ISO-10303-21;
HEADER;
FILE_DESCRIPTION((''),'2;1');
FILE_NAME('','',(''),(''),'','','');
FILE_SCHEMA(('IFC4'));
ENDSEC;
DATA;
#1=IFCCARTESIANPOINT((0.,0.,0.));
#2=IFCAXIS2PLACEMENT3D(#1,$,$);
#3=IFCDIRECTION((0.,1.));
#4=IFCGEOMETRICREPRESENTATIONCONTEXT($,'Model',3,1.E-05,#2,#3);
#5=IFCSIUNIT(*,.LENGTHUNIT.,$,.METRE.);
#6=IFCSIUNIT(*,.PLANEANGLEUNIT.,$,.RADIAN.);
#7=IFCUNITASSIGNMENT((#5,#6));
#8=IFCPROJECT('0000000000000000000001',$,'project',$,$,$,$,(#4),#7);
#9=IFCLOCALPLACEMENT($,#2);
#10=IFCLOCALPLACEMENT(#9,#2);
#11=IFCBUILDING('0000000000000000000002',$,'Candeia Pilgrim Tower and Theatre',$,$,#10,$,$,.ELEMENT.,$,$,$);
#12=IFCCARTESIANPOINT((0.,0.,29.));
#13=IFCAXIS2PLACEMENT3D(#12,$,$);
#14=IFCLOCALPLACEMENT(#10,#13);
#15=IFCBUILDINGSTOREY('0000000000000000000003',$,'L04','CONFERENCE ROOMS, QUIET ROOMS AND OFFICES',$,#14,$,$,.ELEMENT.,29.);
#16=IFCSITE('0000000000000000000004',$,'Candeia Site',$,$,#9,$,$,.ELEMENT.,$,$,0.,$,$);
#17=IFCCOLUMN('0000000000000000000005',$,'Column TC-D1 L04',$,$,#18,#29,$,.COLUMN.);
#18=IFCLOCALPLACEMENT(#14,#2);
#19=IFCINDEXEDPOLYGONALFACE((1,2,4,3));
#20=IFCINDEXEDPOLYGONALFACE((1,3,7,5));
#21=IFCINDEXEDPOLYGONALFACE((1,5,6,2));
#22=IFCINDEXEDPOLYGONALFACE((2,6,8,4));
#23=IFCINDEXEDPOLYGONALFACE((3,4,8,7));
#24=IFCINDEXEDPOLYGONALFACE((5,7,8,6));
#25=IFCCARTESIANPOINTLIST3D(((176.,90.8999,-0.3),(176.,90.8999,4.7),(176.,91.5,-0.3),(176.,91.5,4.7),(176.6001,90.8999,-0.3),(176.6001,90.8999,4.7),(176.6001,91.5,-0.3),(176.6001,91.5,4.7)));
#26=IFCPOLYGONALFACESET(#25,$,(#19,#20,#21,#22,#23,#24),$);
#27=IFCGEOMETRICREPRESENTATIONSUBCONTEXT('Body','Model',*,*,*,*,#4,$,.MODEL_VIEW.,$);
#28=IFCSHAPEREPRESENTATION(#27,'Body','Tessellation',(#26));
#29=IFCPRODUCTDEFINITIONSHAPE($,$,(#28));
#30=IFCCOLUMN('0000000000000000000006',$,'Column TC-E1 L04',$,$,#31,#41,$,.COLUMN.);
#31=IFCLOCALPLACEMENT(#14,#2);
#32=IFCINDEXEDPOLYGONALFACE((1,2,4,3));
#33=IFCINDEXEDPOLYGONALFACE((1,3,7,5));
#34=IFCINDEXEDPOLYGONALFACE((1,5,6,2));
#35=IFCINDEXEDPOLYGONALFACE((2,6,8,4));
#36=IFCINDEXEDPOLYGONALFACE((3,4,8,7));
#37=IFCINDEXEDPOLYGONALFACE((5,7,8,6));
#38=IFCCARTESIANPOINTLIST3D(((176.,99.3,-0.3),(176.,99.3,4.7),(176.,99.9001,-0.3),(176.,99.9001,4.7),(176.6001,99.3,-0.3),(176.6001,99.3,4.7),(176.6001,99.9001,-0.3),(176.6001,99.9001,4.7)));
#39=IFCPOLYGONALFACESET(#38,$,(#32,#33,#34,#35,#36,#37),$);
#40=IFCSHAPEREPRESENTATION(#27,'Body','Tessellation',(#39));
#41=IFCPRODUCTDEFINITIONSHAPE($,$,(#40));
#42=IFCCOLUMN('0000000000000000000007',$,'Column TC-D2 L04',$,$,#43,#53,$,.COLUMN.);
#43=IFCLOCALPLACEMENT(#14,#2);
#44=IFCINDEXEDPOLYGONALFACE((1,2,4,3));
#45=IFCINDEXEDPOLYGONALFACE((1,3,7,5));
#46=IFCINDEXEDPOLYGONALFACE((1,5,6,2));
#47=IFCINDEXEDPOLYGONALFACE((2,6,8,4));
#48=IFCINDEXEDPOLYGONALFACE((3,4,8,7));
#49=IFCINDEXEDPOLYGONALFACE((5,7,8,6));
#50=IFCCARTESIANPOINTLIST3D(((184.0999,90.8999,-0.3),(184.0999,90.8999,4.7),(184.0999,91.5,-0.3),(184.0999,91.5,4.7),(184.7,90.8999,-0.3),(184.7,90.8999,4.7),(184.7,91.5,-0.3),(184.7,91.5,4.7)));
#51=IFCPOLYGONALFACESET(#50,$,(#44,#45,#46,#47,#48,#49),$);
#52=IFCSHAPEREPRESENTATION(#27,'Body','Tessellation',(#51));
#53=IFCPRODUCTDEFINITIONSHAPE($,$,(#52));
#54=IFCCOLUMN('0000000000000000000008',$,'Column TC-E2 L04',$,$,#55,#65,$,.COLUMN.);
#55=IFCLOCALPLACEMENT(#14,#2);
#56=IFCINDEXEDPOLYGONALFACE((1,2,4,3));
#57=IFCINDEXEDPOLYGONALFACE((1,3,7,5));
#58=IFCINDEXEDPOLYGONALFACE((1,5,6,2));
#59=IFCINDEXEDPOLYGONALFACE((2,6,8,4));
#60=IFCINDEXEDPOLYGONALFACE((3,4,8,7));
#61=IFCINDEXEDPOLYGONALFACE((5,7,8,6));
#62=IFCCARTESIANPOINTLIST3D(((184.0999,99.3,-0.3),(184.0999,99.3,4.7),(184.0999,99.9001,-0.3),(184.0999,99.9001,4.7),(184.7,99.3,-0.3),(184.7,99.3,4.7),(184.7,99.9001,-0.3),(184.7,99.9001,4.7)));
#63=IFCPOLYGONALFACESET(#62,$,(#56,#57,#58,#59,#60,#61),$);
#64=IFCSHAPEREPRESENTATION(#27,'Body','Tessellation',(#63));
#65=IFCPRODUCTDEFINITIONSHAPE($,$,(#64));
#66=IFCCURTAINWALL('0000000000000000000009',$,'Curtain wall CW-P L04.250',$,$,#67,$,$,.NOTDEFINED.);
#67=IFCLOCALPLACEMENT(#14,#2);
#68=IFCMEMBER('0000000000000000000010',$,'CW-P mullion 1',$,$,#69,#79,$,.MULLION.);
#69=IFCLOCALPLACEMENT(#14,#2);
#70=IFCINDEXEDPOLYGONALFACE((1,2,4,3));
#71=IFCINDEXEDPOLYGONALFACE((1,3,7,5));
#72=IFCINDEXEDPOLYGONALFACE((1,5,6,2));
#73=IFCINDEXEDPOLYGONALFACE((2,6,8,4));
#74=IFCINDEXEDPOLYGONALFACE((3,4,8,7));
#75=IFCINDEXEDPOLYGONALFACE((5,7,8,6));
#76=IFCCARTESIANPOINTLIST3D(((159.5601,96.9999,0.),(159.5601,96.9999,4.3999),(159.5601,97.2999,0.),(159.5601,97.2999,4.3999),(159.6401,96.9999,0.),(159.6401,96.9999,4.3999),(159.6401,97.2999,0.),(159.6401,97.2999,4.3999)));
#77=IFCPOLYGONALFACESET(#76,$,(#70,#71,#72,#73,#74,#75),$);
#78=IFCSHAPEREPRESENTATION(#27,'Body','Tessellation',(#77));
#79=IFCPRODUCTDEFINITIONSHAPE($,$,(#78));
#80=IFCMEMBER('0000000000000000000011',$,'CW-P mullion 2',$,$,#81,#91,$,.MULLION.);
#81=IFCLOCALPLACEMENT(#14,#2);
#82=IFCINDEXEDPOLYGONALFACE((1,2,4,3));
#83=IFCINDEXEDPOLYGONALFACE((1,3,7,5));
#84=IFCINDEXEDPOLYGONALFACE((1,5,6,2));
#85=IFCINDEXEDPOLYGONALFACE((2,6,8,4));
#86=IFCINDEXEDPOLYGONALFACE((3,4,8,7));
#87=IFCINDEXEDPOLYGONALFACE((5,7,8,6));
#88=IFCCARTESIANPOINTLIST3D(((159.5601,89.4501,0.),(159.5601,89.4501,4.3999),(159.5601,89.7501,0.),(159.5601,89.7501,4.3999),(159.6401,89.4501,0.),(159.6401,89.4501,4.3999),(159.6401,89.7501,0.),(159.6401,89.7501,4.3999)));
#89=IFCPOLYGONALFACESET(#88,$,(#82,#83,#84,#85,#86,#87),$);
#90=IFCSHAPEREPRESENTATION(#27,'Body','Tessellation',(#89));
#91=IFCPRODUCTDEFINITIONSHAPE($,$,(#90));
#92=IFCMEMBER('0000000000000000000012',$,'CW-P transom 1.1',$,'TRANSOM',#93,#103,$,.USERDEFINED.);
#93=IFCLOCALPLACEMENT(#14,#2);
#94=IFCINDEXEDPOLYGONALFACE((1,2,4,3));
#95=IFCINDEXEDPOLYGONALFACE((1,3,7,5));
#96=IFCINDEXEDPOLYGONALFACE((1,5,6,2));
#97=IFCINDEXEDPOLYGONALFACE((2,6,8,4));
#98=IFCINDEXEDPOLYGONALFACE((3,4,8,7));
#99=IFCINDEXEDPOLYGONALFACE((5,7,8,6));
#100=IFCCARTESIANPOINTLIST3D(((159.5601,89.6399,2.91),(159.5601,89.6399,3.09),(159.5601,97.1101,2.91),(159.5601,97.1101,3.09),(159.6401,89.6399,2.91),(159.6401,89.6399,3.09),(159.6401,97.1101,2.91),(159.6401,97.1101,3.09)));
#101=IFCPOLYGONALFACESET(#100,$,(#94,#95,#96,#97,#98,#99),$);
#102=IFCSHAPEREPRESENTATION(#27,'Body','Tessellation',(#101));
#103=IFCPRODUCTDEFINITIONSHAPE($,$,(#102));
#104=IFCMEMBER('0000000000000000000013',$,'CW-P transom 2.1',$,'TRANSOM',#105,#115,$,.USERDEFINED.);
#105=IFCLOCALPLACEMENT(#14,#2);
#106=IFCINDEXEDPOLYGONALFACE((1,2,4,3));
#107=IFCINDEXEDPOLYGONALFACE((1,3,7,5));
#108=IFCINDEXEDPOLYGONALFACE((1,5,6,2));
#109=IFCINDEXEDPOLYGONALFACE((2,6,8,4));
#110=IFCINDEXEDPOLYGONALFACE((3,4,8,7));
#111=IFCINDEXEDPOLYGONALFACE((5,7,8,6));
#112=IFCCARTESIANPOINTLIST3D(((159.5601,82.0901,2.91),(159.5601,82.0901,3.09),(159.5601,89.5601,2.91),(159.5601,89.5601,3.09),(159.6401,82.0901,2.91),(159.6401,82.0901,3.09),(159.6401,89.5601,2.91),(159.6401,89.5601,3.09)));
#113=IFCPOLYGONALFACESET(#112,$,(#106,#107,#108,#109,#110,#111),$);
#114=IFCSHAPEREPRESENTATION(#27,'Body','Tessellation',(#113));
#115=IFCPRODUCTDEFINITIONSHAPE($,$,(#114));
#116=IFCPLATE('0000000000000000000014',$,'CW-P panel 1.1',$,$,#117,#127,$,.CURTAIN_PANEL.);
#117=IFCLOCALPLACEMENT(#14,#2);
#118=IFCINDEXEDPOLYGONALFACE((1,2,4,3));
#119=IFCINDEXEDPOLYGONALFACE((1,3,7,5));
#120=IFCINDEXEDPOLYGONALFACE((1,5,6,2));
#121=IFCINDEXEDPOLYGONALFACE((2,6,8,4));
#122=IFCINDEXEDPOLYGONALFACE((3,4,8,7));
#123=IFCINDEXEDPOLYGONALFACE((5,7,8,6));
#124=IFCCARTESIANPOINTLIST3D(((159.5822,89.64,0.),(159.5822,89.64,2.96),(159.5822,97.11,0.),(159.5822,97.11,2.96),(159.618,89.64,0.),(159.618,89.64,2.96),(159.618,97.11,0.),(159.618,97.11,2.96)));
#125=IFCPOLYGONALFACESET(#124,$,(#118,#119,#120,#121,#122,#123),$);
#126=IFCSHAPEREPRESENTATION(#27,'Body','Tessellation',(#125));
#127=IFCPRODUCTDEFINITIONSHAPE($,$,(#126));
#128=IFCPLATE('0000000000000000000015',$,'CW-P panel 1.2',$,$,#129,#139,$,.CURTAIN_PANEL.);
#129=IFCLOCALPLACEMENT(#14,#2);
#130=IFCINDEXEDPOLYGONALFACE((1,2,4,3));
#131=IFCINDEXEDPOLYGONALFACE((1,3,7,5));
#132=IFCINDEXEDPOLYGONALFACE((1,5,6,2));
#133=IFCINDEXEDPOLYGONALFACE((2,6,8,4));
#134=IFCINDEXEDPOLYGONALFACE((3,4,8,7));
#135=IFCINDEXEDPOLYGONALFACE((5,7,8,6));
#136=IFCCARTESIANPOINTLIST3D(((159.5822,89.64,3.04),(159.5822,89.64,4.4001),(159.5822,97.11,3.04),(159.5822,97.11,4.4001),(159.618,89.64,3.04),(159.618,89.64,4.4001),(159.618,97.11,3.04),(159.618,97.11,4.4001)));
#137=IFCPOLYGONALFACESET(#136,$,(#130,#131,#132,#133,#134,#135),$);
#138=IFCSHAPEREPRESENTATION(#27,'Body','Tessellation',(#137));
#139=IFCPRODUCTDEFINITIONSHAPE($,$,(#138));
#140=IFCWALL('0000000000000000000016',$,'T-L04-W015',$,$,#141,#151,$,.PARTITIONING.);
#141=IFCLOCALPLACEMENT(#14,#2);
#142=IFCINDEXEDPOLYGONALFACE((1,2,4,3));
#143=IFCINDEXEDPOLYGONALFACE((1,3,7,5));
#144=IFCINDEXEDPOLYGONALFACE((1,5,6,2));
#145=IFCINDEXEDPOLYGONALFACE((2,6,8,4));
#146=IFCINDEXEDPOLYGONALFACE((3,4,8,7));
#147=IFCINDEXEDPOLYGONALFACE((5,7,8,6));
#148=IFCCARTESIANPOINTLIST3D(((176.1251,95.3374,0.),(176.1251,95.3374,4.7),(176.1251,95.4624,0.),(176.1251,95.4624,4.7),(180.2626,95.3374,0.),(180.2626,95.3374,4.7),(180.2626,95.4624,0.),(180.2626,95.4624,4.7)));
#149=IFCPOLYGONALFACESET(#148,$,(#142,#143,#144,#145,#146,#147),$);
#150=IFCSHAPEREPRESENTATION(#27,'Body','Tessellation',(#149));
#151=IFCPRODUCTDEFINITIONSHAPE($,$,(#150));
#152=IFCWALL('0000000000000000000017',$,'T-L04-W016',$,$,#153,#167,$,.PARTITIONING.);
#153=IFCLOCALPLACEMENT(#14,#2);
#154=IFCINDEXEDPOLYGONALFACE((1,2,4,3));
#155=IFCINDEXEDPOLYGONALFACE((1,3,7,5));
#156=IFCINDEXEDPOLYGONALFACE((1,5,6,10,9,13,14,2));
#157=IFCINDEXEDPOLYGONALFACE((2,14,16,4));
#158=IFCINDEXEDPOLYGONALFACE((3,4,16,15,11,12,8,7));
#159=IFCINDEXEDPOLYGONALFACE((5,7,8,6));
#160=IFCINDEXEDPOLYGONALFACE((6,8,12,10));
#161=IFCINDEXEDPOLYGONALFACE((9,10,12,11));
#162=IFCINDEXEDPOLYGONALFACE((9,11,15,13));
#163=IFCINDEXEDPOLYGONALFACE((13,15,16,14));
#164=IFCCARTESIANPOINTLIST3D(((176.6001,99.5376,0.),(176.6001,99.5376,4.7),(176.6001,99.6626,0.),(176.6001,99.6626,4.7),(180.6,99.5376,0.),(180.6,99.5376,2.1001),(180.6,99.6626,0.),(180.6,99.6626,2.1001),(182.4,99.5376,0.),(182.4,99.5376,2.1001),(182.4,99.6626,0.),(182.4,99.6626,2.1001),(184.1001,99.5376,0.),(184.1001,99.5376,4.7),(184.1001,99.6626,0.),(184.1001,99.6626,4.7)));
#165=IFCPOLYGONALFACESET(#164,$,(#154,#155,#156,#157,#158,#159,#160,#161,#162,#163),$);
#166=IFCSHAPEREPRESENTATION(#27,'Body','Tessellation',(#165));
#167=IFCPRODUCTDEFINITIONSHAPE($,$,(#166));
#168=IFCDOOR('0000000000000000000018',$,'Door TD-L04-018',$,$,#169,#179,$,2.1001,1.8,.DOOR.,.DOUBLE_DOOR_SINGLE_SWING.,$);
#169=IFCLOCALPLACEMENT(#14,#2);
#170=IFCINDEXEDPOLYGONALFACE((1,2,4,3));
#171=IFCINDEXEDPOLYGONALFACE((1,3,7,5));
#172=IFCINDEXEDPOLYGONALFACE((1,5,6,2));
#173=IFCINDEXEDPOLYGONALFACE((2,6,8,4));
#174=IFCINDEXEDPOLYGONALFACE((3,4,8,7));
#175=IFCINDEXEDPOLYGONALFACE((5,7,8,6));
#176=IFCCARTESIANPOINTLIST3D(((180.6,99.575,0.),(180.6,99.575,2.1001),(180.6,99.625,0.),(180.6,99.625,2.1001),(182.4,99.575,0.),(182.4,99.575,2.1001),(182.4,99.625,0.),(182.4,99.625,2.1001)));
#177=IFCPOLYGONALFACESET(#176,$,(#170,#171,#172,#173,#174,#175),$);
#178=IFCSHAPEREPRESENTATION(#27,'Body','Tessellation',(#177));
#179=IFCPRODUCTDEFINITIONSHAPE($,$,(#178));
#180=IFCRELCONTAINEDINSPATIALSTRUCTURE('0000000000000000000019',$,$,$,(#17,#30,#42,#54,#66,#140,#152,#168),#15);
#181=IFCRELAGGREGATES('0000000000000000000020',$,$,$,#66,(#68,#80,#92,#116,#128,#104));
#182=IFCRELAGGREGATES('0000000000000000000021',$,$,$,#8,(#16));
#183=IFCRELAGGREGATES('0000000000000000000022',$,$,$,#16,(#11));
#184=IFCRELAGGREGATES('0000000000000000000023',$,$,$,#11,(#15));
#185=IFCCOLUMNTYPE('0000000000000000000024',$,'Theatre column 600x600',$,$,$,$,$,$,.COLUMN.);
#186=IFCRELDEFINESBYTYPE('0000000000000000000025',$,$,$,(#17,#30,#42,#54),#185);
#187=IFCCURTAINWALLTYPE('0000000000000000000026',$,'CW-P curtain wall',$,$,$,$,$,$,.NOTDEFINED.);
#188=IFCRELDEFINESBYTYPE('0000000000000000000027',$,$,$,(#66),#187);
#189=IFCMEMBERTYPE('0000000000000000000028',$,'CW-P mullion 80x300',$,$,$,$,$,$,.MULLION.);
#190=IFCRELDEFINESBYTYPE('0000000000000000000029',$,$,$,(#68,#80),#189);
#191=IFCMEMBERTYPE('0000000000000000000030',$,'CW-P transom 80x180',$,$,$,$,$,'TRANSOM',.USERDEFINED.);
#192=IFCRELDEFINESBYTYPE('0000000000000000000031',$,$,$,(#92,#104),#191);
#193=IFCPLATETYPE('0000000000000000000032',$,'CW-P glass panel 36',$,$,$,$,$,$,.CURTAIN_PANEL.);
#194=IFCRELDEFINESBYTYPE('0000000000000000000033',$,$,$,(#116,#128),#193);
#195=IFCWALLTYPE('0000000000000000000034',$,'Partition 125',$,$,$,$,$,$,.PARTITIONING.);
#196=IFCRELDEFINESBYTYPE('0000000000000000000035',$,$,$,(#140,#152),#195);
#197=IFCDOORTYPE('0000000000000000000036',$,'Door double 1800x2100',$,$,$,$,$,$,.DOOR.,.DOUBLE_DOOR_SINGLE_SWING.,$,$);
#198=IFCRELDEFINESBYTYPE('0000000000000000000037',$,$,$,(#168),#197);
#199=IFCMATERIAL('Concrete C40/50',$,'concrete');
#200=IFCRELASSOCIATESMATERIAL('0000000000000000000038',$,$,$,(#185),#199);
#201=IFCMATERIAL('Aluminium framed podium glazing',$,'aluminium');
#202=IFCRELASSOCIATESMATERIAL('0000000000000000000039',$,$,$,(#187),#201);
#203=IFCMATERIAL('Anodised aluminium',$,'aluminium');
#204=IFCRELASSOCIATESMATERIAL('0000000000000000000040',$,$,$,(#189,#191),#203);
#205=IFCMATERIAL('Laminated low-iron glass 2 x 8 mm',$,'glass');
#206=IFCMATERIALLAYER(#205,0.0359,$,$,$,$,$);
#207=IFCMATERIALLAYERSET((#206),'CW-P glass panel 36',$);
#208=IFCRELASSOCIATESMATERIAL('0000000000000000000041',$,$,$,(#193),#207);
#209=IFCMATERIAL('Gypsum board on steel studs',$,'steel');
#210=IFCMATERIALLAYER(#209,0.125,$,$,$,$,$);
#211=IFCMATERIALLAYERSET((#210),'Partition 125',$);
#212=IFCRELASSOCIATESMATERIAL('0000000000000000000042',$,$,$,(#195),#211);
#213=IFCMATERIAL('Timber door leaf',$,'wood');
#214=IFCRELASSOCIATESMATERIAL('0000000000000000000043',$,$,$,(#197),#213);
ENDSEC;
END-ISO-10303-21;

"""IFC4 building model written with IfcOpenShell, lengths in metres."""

from ifc_helpers import new_model, si_unit, direction, frame, frame_2d, origin, origin_2d, place, context, subcontext, project, spatial, rectangle, extrude, material, layer, layer_set, material_profile, profile_set, type_object, element, fill, aggregate, save


model = new_model("IFC4")

# Units and contexts
model_context = context("Model", 3, precision=1e-05, world=origin(), true_north=direction((0.0, 1.0)))
body_context = subcontext(model_context, "Body", "Model", "MODEL_VIEW")
ifc_project = project(units=[si_unit("LENGTHUNIT", "METRE"), si_unit("PLANEANGLEUNIT", "RADIAN")], contexts=[model_context])

# Site, building, storey
site_placement = place(None, origin())
site = spatial("IfcSite", under=ifc_project, at=site_placement, Name="Candeia Site", CompositionType="ELEMENT", RefElevation=0.0)
building_placement = place(site_placement, origin())
building = spatial("IfcBuilding", under=site, at=building_placement, Name="Candeia Pilgrim Tower and Theatre", CompositionType="ELEMENT")
storey_placement = place(building_placement, frame((0.0, 0.0, 29.0)))
storey = spatial("IfcBuildingStorey", under=building, at=storey_placement, Name="L04", Description="CONFERENCE ROOMS, QUIET ROOMS AND OFFICES", CompositionType="ELEMENT", Elevation=29.0)

# Columns
ifc_material_1 = material(Name="Concrete C40/50", Category="concrete")
ifc_material_profile_1 = material_profile(ifc_material_1, rectangle(XDim=0.6001, YDim=0.6001, at=origin_2d()))
ifc_profile_set_1 = profile_set([ifc_material_profile_1], Name="Concrete C40/50")
column_type = type_object("IfcColumnType", Name="Theatre column 600x600", PredefinedType="COLUMN", material=ifc_profile_set_1)
for number, where, z_axis, x_axis, name in (
    (1, (176.3, 91.2, -0.3), (0.0, 0.0, 1.0), (1.0, 0.0, 0.0), "Column TC-D1 L04"),
    (2, (176.3, 99.6001, -0.3), (0.0, 0.0, 1.0), (1.0, 0.0, 0.0), "Column TC-E1 L04"),
    (3, (184.3999, 91.2, -0.3), (0.0, 0.0, 1.0), (1.0, 0.0, 0.0), "Column TC-D2 L04"),
    (4, (184.3999, 99.6001, -0.3), (0.0, 0.0, 1.0), (1.0, 0.0, 0.0), "Column TC-E2 L04"),
):
    element("IfcColumn", number, at=place(storey_placement, frame(where, z_axis=z_axis, x_axis=x_axis)), inside=storey, type_object=column_type, Name=name, PredefinedType="COLUMN", context=body_context, shape_type="SweptSolid", body=[
        extrude(rectangle(XDim=0.6001, YDim=0.6001, at=origin_2d()), origin(), (0.0, 0.0, 1.0), 5.0),
    ])

# Curtain wall, members, plates
ifc_material_2 = material(Name="Aluminium framed podium glazing", Category="aluminium")
curtain_wall_type = type_object("IfcCurtainWallType", Name="CW-P curtain wall", PredefinedType="NOTDEFINED", material=ifc_material_2)
curtain_wall_placement = place(storey_placement, origin())
curtain_wall = element("IfcCurtainWall", 5, at=curtain_wall_placement, inside=storey, type_object=curtain_wall_type, Name="Curtain wall CW-P L04.250", PredefinedType="NOTDEFINED")
ifc_material_3 = material(Name="Anodised aluminium", Category="aluminium")
ifc_material_profile_2 = material_profile(ifc_material_3, rectangle(XDim=0.0801, YDim=0.3, at=origin_2d()))
ifc_profile_set_2 = profile_set([ifc_material_profile_2], Name="Anodised aluminium")
member_type_1 = type_object("IfcMemberType", Name="CW-P mullion 80x300", PredefinedType="MULLION", material=ifc_profile_set_2)
member_1_placement = place(storey_placement, frame((159.6001, 97.1499, 0.0), z_axis=(0.0, 0.0, 1.0), x_axis=(1.0, 0.0, 0.0)))
member_1 = element("IfcMember", 6, at=member_1_placement, type_object=member_type_1, Name="CW-P mullion 1", PredefinedType="MULLION", context=body_context, shape_type="SweptSolid", body=[
    extrude(rectangle(XDim=0.0801, YDim=0.3, at=origin_2d()), origin(), (0.0, 0.0, 1.0), 4.3999),
])
member_2_placement = place(storey_placement, frame((159.6001, 89.6001, 0.0), z_axis=(0.0, 0.0, 1.0), x_axis=(1.0, 0.0, 0.0)))
member_2 = element("IfcMember", 7, at=member_2_placement, type_object=member_type_1, Name="CW-P mullion 2", PredefinedType="MULLION", context=body_context, shape_type="SweptSolid", body=[
    extrude(rectangle(XDim=0.0801, YDim=0.3, at=origin_2d()), origin(), (0.0, 0.0, 1.0), 4.3999),
])
ifc_material_profile_3 = material_profile(ifc_material_3, rectangle(XDim=0.0801, YDim=0.1799, at=origin_2d()))
ifc_profile_set_3 = profile_set([ifc_material_profile_3], Name="Anodised aluminium")
member_type_2 = type_object("IfcMemberType", Name="CW-P transom 80x180", ElementType="TRANSOM", PredefinedType="USERDEFINED", material=ifc_profile_set_3)
member_3_placement = place(storey_placement, frame((159.6001, 97.1101, 3.0), z_axis=(0.0, -1.0, 0.0), x_axis=(1.0, 0.0, 0.0)))
member_3 = element("IfcMember", 8, at=member_3_placement, type_object=member_type_2, Name="CW-P transom 1.1", ObjectType="TRANSOM", PredefinedType="USERDEFINED", context=body_context, shape_type="SweptSolid", body=[
    extrude(rectangle(XDim=0.0801, YDim=0.1799, at=origin_2d()), origin(), (0.0, 0.0, 1.0), 7.4702),
])
member_4_placement = place(storey_placement, frame((159.6001, 89.5601, 3.0), z_axis=(0.0, -1.0, 0.0), x_axis=(1.0, 0.0, 0.0)))
member_4 = element("IfcMember", 9, at=member_4_placement, type_object=member_type_2, Name="CW-P transom 2.1", ObjectType="TRANSOM", PredefinedType="USERDEFINED", context=body_context, shape_type="SweptSolid", body=[
    extrude(rectangle(XDim=0.0801, YDim=0.1799, at=origin_2d()), origin(), (0.0, 0.0, 1.0), 7.47),
])
ifc_material_4 = material(Name="Laminated low-iron glass 2 x 8 mm", Category="glass")
ifc_layer_1 = layer(ifc_material_4, 0.0359)
ifc_layer_set_1 = layer_set([ifc_layer_1], Name="CW-P glass panel 36")
plate_type = type_object("IfcPlateType", Name="CW-P glass panel 36", PredefinedType="CURTAIN_PANEL", material=ifc_layer_set_1)
plate_1_placement = place(storey_placement, frame((159.6001, 93.375, 0.0), z_axis=(0.0, 0.0, 1.0), x_axis=(0.0, -1.0, 0.0)))
plate_1 = element("IfcPlate", 10, at=plate_1_placement, type_object=plate_type, Name="CW-P panel 1.1", PredefinedType="CURTAIN_PANEL", context=body_context, shape_type="SweptSolid", body=[
    extrude(rectangle(XDim=7.47, YDim=0.0359, at=origin_2d()), origin(), (0.0, 0.0, 1.0), 2.96),
])
plate_2_placement = place(storey_placement, frame((159.6001, 93.375, 3.04), z_axis=(0.0, 0.0, 1.0), x_axis=(0.0, -1.0, 0.0)))
plate_2 = element("IfcPlate", 11, at=plate_2_placement, type_object=plate_type, Name="CW-P panel 1.2", PredefinedType="CURTAIN_PANEL", context=body_context, shape_type="SweptSolid", body=[
    extrude(rectangle(XDim=7.47, YDim=0.0359, at=origin_2d()), origin(), (0.0, 0.0, 1.0), 1.3601),
])
aggregate(curtain_wall, [member_1, member_2, member_3, plate_1, plate_2, member_4])

# Wall
ifc_material_5 = material(Name="Gypsum board on steel studs", Category="steel")
ifc_layer_2 = layer(ifc_material_5, 0.125)
ifc_layer_set_2 = layer_set([ifc_layer_2], Name="Partition 125")
wall_type_1 = type_object("IfcWallType", Name="Partition 125", PredefinedType="PARTITIONING", material=ifc_layer_set_2)
wall_1_placement = place(storey_placement, frame((176.125, 95.3999, 0.0), z_axis=(0.0, 0.0, 1.0), x_axis=(1.0, 0.0, 0.0)))
element("IfcWall", 12, at=wall_1_placement, inside=storey, type_object=wall_type_1, Name="T-L04-W015", PredefinedType="PARTITIONING", context=body_context, shape_type="SweptSolid", body=[
    extrude(rectangle(XDim=4.1375, YDim=0.125, at=frame_2d((2.0688, 0.0))), origin(), (0.0, 0.0, 1.0), 4.7),
])

# Wall, opening, door
wall_2_placement = place(storey_placement, frame((176.6001, 99.6001, 0.0), z_axis=(0.0, 0.0, 1.0), x_axis=(1.0, 0.0, 0.0)))
wall_2 = element("IfcWall", 13, at=wall_2_placement, inside=storey, type_object=wall_type_1, Name="T-L04-W016", PredefinedType="PARTITIONING", context=body_context, shape_type="SweptSolid", body=[
    extrude(rectangle(XDim=7.5, YDim=0.125, at=frame_2d((3.75, 0.0))), origin(), (0.0, 0.0, 1.0), 4.7),
])
opening_1_placement = place(wall_2_placement, frame((4.0, 0.0, 0.0)))
opening_1 = element("IfcOpeningElement", 14, at=opening_1_placement, cuts=wall_2, PredefinedType="OPENING", context=body_context, shape_type="SweptSolid", body=[
    extrude(rectangle(XDim=1.8, YDim=2.1001, at=frame_2d((0.8999, 1.05))), frame((0.0, 0.0725, 0.0), z_axis=(0.0, -1.0, 0.0), x_axis=(1.0, 0.0, 0.0)), (0.0, 0.0, 1.0), 0.145),
])
ifc_material_6 = material(Name="Timber door leaf", Category="wood")
door_type_1 = type_object("IfcDoorType", Name="Door double 1800x2100", OperationType="DOUBLE_DOOR_SINGLE_SWING", PredefinedType="DOOR", material=ifc_material_6)
door_1_placement = place(opening_1_placement, origin())
door_1 = element("IfcDoor", 15, at=door_1_placement, inside=storey, type_object=door_type_1, Name="Door TD-L04-018", OperationType="DOUBLE_DOOR_SINGLE_SWING", OverallHeight=2.1001, OverallWidth=1.8, PredefinedType="DOOR", context=body_context, shape_type="SweptSolid", body=[
    extrude(rectangle(XDim=1.8, YDim=2.1001, at=frame_2d((0.8999, 1.05))), frame((0.0, 0.0249, 0.0), z_axis=(0.0, -1.0, 0.0), x_axis=(1.0, 0.0, 0.0)), (0.0, 0.0, 1.0), 0.05),
])
fill(opening_1, door_1)

save(model, "model.ifc")
